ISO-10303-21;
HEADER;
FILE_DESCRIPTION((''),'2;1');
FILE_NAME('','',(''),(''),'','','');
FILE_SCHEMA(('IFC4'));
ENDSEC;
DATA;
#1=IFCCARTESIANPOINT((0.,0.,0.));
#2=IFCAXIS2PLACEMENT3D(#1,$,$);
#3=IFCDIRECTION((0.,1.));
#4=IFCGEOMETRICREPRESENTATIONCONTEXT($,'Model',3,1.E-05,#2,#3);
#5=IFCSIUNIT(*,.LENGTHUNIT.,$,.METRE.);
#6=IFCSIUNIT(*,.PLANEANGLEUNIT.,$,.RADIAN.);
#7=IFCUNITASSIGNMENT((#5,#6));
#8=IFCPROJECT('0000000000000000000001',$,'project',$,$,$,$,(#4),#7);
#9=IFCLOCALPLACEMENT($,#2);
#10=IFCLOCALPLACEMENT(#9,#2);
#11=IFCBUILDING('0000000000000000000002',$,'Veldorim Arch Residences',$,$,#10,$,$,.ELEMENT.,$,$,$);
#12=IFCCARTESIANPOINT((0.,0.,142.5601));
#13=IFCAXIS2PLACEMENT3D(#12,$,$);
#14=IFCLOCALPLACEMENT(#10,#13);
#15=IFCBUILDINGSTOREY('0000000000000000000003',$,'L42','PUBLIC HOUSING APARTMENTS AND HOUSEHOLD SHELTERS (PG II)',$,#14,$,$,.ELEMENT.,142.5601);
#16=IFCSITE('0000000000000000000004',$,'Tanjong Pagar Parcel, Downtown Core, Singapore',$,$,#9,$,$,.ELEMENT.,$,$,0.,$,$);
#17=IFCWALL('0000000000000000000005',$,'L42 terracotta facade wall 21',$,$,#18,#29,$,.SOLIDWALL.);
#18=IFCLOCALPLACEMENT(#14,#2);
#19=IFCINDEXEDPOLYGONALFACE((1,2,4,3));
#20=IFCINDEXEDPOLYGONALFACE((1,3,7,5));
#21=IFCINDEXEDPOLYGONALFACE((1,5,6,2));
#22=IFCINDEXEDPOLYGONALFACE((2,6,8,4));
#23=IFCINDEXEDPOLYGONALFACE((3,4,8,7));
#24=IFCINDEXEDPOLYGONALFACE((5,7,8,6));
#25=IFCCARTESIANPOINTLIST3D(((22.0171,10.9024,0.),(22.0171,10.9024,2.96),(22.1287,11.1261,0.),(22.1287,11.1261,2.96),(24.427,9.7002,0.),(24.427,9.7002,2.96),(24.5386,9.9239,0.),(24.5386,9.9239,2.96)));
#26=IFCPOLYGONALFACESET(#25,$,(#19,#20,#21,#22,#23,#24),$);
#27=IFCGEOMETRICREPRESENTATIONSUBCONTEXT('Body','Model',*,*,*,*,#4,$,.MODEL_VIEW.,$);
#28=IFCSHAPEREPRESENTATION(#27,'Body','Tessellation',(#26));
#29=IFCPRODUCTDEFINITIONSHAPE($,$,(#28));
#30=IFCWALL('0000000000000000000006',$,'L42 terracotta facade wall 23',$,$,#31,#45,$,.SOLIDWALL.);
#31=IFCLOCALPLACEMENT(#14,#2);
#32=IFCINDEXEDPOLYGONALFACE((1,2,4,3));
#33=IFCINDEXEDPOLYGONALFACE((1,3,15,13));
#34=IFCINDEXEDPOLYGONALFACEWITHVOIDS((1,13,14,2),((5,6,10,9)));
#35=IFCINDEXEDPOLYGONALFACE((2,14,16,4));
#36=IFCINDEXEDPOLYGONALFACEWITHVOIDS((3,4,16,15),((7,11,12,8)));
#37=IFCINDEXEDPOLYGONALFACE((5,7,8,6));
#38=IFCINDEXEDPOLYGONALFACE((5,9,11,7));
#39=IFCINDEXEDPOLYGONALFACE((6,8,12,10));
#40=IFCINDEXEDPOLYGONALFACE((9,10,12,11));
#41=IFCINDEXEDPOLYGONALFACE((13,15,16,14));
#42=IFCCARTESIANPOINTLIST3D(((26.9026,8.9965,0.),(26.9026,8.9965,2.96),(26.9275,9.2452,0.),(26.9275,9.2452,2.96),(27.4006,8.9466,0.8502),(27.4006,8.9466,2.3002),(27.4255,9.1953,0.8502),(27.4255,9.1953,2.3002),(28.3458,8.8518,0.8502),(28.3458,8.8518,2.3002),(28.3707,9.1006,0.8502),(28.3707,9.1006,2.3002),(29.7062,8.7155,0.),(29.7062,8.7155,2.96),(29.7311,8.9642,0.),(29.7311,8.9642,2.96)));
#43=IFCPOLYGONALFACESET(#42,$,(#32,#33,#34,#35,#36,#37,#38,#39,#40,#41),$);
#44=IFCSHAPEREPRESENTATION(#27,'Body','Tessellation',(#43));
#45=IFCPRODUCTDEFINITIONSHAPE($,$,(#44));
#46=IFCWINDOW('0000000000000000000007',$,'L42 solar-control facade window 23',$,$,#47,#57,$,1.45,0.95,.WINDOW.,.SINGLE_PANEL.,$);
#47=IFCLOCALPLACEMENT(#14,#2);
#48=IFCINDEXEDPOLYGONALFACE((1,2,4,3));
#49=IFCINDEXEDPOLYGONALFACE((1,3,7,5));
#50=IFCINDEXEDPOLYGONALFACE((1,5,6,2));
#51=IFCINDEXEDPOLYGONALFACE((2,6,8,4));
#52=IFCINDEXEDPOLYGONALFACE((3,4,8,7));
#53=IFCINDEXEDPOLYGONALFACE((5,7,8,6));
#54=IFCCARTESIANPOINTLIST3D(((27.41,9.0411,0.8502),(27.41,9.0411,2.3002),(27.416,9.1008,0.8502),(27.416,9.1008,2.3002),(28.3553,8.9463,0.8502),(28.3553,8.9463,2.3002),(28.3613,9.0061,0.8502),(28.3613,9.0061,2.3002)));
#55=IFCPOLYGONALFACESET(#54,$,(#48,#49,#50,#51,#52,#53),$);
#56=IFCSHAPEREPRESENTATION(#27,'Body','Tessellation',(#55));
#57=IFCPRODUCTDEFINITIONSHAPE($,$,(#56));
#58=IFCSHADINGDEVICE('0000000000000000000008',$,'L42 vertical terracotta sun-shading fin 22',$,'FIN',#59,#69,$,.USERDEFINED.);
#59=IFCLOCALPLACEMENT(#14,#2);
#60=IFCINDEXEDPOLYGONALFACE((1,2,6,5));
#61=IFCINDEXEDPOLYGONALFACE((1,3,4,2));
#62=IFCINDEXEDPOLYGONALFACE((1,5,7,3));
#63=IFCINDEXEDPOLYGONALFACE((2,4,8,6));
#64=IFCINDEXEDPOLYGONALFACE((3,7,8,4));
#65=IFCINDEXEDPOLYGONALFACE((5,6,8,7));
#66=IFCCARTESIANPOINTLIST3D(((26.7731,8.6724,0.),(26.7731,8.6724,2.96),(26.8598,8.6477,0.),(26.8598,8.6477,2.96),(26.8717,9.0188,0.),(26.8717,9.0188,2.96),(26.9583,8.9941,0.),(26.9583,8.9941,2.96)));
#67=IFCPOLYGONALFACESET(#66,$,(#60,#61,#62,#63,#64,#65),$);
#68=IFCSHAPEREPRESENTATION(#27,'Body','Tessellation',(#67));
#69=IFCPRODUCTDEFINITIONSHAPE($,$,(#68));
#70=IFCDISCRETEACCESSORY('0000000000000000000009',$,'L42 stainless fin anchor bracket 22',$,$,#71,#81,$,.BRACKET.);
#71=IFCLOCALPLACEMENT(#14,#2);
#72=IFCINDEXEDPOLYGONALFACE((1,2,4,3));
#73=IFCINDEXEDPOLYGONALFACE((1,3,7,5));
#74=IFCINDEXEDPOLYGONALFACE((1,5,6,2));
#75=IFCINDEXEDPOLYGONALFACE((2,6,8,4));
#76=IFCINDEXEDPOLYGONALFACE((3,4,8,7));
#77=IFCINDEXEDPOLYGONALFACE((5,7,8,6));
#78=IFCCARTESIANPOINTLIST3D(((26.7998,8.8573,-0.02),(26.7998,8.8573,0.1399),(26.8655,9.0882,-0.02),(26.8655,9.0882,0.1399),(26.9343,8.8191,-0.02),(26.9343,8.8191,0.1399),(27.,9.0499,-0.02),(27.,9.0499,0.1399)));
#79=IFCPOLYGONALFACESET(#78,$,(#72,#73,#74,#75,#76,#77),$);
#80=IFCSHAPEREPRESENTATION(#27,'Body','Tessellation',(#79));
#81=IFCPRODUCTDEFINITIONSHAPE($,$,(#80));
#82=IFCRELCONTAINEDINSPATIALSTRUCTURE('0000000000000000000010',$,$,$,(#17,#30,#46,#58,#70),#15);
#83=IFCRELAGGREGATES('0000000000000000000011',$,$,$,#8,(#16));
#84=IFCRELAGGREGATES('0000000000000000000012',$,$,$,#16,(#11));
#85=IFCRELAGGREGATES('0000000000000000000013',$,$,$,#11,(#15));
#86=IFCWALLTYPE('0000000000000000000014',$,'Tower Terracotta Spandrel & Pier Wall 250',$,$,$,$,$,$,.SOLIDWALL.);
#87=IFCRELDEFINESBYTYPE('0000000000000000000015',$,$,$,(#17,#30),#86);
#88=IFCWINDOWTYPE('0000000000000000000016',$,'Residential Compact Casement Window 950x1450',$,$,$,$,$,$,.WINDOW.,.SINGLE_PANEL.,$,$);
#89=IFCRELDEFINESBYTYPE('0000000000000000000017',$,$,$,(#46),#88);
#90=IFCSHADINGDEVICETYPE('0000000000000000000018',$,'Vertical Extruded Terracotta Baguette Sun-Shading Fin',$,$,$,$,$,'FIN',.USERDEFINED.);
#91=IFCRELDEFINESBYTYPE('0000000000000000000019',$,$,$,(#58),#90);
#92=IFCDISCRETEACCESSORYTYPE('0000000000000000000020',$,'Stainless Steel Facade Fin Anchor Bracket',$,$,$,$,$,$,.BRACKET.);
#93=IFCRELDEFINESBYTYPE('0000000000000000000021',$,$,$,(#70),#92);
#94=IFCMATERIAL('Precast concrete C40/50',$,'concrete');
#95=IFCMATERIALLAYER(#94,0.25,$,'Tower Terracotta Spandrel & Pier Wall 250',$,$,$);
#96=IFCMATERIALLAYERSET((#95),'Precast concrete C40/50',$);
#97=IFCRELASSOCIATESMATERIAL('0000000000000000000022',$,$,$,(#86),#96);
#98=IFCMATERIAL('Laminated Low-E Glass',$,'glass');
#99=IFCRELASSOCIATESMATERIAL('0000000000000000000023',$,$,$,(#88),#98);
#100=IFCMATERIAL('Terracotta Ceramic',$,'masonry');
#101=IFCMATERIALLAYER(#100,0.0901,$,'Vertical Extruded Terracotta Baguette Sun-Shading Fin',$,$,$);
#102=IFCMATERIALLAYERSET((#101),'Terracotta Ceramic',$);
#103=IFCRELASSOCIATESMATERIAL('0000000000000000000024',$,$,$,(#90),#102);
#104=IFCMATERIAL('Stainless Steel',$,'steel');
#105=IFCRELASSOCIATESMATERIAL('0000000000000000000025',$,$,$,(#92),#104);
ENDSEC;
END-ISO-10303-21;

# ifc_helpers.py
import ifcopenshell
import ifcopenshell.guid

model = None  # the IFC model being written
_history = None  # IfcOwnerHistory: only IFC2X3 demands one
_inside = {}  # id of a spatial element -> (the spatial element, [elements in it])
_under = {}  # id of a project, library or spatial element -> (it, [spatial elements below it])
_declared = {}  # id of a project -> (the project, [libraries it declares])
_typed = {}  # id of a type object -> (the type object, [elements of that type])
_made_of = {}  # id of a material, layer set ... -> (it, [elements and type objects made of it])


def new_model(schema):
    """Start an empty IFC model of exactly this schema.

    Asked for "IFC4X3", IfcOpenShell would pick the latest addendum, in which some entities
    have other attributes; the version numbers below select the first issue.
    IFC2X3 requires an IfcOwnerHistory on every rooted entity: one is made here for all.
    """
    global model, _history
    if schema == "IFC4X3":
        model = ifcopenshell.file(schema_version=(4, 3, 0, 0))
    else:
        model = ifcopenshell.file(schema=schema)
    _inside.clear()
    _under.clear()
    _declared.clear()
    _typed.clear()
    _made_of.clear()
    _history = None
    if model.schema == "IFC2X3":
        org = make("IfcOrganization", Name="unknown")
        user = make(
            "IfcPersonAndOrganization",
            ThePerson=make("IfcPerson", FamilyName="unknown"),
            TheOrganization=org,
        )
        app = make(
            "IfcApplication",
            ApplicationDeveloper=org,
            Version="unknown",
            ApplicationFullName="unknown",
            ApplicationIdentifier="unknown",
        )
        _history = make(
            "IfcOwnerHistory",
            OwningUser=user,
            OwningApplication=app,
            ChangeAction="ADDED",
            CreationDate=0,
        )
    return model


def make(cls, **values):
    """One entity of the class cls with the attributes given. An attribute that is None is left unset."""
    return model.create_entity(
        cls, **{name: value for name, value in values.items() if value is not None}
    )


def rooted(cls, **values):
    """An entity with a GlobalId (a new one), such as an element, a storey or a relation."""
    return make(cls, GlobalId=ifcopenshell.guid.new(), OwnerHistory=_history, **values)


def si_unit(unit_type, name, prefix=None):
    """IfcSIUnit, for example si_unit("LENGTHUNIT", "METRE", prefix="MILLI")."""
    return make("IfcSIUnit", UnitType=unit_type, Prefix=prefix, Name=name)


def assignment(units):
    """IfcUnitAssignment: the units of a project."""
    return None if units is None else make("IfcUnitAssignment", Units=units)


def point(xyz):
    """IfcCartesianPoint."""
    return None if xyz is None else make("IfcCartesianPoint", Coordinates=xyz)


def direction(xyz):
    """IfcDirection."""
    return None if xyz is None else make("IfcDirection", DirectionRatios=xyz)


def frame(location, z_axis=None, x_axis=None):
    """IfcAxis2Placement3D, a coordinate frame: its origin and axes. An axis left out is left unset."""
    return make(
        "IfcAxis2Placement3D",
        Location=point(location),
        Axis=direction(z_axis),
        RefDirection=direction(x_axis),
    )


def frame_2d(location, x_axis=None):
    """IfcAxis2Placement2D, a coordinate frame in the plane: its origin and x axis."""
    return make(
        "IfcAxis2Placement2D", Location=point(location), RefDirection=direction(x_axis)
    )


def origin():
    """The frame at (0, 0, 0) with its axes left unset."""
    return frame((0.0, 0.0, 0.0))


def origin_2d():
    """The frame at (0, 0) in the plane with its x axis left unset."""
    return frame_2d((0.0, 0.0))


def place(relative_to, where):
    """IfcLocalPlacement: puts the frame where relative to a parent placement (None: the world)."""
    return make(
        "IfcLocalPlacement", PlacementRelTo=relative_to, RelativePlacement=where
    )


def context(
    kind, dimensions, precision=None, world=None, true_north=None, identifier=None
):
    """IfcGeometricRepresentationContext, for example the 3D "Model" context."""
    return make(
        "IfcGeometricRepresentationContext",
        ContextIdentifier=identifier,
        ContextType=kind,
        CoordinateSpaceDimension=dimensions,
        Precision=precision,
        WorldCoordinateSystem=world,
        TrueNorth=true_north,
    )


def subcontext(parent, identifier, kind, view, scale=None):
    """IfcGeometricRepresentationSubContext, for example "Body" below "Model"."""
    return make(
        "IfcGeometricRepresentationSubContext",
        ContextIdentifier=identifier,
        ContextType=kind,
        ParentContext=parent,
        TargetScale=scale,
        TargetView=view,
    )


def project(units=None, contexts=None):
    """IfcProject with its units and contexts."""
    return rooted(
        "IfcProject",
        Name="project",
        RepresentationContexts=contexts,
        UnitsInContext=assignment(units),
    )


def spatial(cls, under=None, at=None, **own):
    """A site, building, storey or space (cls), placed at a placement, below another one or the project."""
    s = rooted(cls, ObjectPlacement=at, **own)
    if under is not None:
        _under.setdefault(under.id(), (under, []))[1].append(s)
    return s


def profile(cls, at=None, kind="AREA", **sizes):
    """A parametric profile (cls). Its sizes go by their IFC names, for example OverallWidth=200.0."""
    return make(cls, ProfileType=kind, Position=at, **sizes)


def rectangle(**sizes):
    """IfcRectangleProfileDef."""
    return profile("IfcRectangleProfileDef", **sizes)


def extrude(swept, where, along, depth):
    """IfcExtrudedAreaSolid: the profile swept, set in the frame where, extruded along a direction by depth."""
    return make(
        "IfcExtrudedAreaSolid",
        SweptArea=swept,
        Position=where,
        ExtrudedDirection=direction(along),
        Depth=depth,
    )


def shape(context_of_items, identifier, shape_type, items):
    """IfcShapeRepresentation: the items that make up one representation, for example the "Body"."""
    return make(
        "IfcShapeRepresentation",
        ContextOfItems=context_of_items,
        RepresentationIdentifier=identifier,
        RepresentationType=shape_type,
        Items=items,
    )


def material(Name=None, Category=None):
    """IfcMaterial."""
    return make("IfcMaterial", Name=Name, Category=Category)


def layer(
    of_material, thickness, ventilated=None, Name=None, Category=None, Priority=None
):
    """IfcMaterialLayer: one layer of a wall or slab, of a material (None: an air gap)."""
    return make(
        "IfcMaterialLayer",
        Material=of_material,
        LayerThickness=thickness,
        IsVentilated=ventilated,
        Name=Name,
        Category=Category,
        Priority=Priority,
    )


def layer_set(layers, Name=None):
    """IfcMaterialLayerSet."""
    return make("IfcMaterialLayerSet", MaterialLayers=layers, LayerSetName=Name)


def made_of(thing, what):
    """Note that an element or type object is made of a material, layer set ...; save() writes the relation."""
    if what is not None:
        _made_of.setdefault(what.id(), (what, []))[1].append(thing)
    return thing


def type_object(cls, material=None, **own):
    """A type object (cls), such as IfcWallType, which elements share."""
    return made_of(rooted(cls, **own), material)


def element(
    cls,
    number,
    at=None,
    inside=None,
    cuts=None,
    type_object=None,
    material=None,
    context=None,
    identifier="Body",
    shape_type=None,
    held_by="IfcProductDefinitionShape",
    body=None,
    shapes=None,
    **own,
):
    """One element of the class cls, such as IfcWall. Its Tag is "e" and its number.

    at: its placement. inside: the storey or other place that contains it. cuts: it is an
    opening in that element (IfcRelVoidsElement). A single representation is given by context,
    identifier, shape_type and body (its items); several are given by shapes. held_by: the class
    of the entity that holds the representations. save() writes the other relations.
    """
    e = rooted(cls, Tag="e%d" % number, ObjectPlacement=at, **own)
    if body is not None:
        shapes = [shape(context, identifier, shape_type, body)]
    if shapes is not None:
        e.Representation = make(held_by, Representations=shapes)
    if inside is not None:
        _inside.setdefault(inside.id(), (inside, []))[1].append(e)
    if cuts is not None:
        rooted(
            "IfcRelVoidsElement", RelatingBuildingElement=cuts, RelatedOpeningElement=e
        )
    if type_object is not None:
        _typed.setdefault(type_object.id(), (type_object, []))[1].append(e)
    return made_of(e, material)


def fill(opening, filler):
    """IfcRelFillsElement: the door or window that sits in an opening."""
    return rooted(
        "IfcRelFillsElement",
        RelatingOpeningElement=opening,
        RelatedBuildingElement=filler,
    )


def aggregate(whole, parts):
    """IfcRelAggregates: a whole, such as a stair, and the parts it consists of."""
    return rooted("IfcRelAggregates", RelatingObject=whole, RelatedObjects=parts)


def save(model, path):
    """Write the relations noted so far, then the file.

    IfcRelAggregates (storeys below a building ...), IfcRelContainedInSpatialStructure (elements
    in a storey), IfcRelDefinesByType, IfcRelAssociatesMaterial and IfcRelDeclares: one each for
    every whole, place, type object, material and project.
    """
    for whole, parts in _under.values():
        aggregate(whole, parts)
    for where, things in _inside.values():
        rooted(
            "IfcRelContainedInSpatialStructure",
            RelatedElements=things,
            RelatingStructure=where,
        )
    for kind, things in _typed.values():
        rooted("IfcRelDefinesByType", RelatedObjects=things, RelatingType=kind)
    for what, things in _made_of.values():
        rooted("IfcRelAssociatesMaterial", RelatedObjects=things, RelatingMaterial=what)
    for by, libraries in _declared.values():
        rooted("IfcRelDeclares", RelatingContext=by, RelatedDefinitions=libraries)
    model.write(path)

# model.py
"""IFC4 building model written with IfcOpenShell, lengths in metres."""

from ifc_helpers import new_model, si_unit, direction, frame, frame_2d, origin, origin_2d, place, context, subcontext, project, spatial, rectangle, extrude, material, layer, layer_set, type_object, element, fill, save


model = new_model("IFC4")

# Units and contexts
model_context = context("Model", 3, precision=1e-05, world=origin(), true_north=direction((0.0, 1.0)))
body_context = subcontext(model_context, "Body", "Model", "MODEL_VIEW")
ifc_project = project(units=[si_unit("LENGTHUNIT", "METRE"), si_unit("PLANEANGLEUNIT", "RADIAN")], contexts=[model_context])

# Site, building, storey
site_placement = place(None, origin())
site = spatial("IfcSite", under=ifc_project, at=site_placement, Name="Tanjong Pagar Parcel, Downtown Core, Singapore", CompositionType="ELEMENT", RefElevation=0.0)
building_placement = place(site_placement, origin())
building = spatial("IfcBuilding", under=site, at=building_placement, Name="Veldorim Arch Residences", CompositionType="ELEMENT")
storey_placement = place(building_placement, frame((0.0, 0.0, 142.5601)))
storey = spatial("IfcBuildingStorey", under=building, at=storey_placement, Name="L42", Description="PUBLIC HOUSING APARTMENTS AND HOUSEHOLD SHELTERS (PG II)", CompositionType="ELEMENT", Elevation=142.5601)

# Wall
ifc_material_1 = material(Name="Precast concrete C40/50", Category="concrete")
ifc_layer_1 = layer(ifc_material_1, 0.25, Name="Tower Terracotta Spandrel & Pier Wall 250")
ifc_layer_set_1 = layer_set([ifc_layer_1], Name="Precast concrete C40/50")
wall_type_1 = type_object("IfcWallType", Name="Tower Terracotta Spandrel & Pier Wall 250", PredefinedType="SOLIDWALL", material=ifc_layer_set_1)
wall_1_placement = place(storey_placement, frame((24.4829, 9.812, 0.0), z_axis=(0.0, 0.0, 1.0), x_axis=(-0.894844, 0.446379, 0.0)))
element("IfcWall", 1, at=wall_1_placement, inside=storey, type_object=wall_type_1, Name="L42 terracotta facade wall 21", PredefinedType="SOLIDWALL", context=body_context, shape_type="SweptSolid", body=[
    extrude(rectangle(XDim=2.6931, YDim=0.25, at=frame_2d((1.3467, 0.0))), origin(), (0.0, 0.0, 1.0), 2.96),
])

# Wall, opening, window
wall_2_placement = place(storey_placement, frame((29.7185, 8.8398, 0.0), z_axis=(0.0, 0.0, 1.0), x_axis=(-0.995014, 0.099735, 0.0)))
wall_2 = element("IfcWall", 2, at=wall_2_placement, inside=storey, type_object=wall_type_1, Name="L42 terracotta facade wall 23", PredefinedType="SOLIDWALL", context=body_context, shape_type="SweptSolid", body=[
    extrude(rectangle(XDim=2.8176, YDim=0.25, at=frame_2d((1.4087, 0.0))), origin(), (0.0, 0.0, 1.0), 2.96),
])
opening_placement = place(wall_2_placement, frame((1.3669, 0.0, 0.8501)))
opening = element("IfcOpeningElement", 3, at=opening_placement, cuts=wall_2, PredefinedType="OPENING", context=body_context, shape_type="SweptSolid", body=[
    extrude(rectangle(XDim=0.95, YDim=1.45, at=frame_2d((0.4751, 0.7251))), frame((0.0, 0.135, 0.0), z_axis=(0.0, -1.0, 0.0), x_axis=(1.0, 0.0, 0.0)), (0.0, 0.0, 1.0), 0.27),
])
ifc_material_2 = material(Name="Laminated Low-E Glass", Category="glass")
window_type = type_object("IfcWindowType", Name="Residential Compact Casement Window 950x1450", PartitioningType="SINGLE_PANEL", PredefinedType="WINDOW", material=ifc_material_2)
window_placement = place(opening_placement, origin())
window = element("IfcWindow", 4, at=window_placement, inside=storey, type_object=window_type, Name="L42 solar-control facade window 23", OverallHeight=1.45, OverallWidth=0.95, PartitioningType="SINGLE_PANEL", PredefinedType="WINDOW", context=body_context, shape_type="SweptSolid", body=[
    extrude(rectangle(XDim=0.95, YDim=1.45, at=frame_2d((0.4751, 0.7251))), frame((0.0, 0.03, 0.0), z_axis=(0.0, -1.0, 0.0), x_axis=(1.0, 0.0, 0.0)), (0.0, 0.0, 1.0), 0.0601),
])
fill(opening, window)

# Shading device
ifc_material_3 = material(Name="Terracotta Ceramic", Category="masonry")
ifc_layer_2 = layer(ifc_material_3, 0.0901, Name="Vertical Extruded Terracotta Baguette Sun-Shading Fin")
ifc_layer_set_2 = layer_set([ifc_layer_2], Name="Terracotta Ceramic")
shading_device_type = type_object("IfcShadingDeviceType", Name="Vertical Extruded Terracotta Baguette Sun-Shading Fin", ElementType="FIN", PredefinedType="USERDEFINED", material=ifc_layer_set_2)
shading_device_placement = place(storey_placement, frame((26.8657, 8.8333, 0.0), z_axis=(0.0, 0.0, 1.0), x_axis=(-0.961837, 0.273623, 0.0)))
element("IfcShadingDevice", 5, at=shading_device_placement, inside=storey, type_object=shading_device_type, Name="L42 vertical terracotta sun-shading fin 22", ObjectType="FIN", PredefinedType="USERDEFINED", context=body_context, shape_type="SweptSolid", body=[
    extrude(rectangle(XDim=0.0901, YDim=0.3601, at=origin_2d()), origin(), (0.0, 0.0, 1.0), 2.96),
])

# Discrete accessory
ifc_material_4 = material(Name="Stainless Steel", Category="steel")
discrete_accessory_type = type_object("IfcDiscreteAccessoryType", Name="Stainless Steel Facade Fin Anchor Bracket", PredefinedType="BRACKET", material=ifc_material_4)
discrete_accessory_placement = place(storey_placement, frame((26.8999, 8.9536, -0.02), z_axis=(0.0, 0.0, 1.0), x_axis=(-0.961837, 0.273623, 0.0)))
element("IfcDiscreteAccessory", 6, at=discrete_accessory_placement, inside=storey, type_object=discrete_accessory_type, Name="L42 stainless fin anchor bracket 22", PredefinedType="BRACKET", context=body_context, shape_type="SweptSolid", body=[
    extrude(rectangle(XDim=0.1399, YDim=0.24, at=origin_2d()), origin(), (0.0, 0.0, 1.0), 0.1599),
])

save(model, "model.ifc")
